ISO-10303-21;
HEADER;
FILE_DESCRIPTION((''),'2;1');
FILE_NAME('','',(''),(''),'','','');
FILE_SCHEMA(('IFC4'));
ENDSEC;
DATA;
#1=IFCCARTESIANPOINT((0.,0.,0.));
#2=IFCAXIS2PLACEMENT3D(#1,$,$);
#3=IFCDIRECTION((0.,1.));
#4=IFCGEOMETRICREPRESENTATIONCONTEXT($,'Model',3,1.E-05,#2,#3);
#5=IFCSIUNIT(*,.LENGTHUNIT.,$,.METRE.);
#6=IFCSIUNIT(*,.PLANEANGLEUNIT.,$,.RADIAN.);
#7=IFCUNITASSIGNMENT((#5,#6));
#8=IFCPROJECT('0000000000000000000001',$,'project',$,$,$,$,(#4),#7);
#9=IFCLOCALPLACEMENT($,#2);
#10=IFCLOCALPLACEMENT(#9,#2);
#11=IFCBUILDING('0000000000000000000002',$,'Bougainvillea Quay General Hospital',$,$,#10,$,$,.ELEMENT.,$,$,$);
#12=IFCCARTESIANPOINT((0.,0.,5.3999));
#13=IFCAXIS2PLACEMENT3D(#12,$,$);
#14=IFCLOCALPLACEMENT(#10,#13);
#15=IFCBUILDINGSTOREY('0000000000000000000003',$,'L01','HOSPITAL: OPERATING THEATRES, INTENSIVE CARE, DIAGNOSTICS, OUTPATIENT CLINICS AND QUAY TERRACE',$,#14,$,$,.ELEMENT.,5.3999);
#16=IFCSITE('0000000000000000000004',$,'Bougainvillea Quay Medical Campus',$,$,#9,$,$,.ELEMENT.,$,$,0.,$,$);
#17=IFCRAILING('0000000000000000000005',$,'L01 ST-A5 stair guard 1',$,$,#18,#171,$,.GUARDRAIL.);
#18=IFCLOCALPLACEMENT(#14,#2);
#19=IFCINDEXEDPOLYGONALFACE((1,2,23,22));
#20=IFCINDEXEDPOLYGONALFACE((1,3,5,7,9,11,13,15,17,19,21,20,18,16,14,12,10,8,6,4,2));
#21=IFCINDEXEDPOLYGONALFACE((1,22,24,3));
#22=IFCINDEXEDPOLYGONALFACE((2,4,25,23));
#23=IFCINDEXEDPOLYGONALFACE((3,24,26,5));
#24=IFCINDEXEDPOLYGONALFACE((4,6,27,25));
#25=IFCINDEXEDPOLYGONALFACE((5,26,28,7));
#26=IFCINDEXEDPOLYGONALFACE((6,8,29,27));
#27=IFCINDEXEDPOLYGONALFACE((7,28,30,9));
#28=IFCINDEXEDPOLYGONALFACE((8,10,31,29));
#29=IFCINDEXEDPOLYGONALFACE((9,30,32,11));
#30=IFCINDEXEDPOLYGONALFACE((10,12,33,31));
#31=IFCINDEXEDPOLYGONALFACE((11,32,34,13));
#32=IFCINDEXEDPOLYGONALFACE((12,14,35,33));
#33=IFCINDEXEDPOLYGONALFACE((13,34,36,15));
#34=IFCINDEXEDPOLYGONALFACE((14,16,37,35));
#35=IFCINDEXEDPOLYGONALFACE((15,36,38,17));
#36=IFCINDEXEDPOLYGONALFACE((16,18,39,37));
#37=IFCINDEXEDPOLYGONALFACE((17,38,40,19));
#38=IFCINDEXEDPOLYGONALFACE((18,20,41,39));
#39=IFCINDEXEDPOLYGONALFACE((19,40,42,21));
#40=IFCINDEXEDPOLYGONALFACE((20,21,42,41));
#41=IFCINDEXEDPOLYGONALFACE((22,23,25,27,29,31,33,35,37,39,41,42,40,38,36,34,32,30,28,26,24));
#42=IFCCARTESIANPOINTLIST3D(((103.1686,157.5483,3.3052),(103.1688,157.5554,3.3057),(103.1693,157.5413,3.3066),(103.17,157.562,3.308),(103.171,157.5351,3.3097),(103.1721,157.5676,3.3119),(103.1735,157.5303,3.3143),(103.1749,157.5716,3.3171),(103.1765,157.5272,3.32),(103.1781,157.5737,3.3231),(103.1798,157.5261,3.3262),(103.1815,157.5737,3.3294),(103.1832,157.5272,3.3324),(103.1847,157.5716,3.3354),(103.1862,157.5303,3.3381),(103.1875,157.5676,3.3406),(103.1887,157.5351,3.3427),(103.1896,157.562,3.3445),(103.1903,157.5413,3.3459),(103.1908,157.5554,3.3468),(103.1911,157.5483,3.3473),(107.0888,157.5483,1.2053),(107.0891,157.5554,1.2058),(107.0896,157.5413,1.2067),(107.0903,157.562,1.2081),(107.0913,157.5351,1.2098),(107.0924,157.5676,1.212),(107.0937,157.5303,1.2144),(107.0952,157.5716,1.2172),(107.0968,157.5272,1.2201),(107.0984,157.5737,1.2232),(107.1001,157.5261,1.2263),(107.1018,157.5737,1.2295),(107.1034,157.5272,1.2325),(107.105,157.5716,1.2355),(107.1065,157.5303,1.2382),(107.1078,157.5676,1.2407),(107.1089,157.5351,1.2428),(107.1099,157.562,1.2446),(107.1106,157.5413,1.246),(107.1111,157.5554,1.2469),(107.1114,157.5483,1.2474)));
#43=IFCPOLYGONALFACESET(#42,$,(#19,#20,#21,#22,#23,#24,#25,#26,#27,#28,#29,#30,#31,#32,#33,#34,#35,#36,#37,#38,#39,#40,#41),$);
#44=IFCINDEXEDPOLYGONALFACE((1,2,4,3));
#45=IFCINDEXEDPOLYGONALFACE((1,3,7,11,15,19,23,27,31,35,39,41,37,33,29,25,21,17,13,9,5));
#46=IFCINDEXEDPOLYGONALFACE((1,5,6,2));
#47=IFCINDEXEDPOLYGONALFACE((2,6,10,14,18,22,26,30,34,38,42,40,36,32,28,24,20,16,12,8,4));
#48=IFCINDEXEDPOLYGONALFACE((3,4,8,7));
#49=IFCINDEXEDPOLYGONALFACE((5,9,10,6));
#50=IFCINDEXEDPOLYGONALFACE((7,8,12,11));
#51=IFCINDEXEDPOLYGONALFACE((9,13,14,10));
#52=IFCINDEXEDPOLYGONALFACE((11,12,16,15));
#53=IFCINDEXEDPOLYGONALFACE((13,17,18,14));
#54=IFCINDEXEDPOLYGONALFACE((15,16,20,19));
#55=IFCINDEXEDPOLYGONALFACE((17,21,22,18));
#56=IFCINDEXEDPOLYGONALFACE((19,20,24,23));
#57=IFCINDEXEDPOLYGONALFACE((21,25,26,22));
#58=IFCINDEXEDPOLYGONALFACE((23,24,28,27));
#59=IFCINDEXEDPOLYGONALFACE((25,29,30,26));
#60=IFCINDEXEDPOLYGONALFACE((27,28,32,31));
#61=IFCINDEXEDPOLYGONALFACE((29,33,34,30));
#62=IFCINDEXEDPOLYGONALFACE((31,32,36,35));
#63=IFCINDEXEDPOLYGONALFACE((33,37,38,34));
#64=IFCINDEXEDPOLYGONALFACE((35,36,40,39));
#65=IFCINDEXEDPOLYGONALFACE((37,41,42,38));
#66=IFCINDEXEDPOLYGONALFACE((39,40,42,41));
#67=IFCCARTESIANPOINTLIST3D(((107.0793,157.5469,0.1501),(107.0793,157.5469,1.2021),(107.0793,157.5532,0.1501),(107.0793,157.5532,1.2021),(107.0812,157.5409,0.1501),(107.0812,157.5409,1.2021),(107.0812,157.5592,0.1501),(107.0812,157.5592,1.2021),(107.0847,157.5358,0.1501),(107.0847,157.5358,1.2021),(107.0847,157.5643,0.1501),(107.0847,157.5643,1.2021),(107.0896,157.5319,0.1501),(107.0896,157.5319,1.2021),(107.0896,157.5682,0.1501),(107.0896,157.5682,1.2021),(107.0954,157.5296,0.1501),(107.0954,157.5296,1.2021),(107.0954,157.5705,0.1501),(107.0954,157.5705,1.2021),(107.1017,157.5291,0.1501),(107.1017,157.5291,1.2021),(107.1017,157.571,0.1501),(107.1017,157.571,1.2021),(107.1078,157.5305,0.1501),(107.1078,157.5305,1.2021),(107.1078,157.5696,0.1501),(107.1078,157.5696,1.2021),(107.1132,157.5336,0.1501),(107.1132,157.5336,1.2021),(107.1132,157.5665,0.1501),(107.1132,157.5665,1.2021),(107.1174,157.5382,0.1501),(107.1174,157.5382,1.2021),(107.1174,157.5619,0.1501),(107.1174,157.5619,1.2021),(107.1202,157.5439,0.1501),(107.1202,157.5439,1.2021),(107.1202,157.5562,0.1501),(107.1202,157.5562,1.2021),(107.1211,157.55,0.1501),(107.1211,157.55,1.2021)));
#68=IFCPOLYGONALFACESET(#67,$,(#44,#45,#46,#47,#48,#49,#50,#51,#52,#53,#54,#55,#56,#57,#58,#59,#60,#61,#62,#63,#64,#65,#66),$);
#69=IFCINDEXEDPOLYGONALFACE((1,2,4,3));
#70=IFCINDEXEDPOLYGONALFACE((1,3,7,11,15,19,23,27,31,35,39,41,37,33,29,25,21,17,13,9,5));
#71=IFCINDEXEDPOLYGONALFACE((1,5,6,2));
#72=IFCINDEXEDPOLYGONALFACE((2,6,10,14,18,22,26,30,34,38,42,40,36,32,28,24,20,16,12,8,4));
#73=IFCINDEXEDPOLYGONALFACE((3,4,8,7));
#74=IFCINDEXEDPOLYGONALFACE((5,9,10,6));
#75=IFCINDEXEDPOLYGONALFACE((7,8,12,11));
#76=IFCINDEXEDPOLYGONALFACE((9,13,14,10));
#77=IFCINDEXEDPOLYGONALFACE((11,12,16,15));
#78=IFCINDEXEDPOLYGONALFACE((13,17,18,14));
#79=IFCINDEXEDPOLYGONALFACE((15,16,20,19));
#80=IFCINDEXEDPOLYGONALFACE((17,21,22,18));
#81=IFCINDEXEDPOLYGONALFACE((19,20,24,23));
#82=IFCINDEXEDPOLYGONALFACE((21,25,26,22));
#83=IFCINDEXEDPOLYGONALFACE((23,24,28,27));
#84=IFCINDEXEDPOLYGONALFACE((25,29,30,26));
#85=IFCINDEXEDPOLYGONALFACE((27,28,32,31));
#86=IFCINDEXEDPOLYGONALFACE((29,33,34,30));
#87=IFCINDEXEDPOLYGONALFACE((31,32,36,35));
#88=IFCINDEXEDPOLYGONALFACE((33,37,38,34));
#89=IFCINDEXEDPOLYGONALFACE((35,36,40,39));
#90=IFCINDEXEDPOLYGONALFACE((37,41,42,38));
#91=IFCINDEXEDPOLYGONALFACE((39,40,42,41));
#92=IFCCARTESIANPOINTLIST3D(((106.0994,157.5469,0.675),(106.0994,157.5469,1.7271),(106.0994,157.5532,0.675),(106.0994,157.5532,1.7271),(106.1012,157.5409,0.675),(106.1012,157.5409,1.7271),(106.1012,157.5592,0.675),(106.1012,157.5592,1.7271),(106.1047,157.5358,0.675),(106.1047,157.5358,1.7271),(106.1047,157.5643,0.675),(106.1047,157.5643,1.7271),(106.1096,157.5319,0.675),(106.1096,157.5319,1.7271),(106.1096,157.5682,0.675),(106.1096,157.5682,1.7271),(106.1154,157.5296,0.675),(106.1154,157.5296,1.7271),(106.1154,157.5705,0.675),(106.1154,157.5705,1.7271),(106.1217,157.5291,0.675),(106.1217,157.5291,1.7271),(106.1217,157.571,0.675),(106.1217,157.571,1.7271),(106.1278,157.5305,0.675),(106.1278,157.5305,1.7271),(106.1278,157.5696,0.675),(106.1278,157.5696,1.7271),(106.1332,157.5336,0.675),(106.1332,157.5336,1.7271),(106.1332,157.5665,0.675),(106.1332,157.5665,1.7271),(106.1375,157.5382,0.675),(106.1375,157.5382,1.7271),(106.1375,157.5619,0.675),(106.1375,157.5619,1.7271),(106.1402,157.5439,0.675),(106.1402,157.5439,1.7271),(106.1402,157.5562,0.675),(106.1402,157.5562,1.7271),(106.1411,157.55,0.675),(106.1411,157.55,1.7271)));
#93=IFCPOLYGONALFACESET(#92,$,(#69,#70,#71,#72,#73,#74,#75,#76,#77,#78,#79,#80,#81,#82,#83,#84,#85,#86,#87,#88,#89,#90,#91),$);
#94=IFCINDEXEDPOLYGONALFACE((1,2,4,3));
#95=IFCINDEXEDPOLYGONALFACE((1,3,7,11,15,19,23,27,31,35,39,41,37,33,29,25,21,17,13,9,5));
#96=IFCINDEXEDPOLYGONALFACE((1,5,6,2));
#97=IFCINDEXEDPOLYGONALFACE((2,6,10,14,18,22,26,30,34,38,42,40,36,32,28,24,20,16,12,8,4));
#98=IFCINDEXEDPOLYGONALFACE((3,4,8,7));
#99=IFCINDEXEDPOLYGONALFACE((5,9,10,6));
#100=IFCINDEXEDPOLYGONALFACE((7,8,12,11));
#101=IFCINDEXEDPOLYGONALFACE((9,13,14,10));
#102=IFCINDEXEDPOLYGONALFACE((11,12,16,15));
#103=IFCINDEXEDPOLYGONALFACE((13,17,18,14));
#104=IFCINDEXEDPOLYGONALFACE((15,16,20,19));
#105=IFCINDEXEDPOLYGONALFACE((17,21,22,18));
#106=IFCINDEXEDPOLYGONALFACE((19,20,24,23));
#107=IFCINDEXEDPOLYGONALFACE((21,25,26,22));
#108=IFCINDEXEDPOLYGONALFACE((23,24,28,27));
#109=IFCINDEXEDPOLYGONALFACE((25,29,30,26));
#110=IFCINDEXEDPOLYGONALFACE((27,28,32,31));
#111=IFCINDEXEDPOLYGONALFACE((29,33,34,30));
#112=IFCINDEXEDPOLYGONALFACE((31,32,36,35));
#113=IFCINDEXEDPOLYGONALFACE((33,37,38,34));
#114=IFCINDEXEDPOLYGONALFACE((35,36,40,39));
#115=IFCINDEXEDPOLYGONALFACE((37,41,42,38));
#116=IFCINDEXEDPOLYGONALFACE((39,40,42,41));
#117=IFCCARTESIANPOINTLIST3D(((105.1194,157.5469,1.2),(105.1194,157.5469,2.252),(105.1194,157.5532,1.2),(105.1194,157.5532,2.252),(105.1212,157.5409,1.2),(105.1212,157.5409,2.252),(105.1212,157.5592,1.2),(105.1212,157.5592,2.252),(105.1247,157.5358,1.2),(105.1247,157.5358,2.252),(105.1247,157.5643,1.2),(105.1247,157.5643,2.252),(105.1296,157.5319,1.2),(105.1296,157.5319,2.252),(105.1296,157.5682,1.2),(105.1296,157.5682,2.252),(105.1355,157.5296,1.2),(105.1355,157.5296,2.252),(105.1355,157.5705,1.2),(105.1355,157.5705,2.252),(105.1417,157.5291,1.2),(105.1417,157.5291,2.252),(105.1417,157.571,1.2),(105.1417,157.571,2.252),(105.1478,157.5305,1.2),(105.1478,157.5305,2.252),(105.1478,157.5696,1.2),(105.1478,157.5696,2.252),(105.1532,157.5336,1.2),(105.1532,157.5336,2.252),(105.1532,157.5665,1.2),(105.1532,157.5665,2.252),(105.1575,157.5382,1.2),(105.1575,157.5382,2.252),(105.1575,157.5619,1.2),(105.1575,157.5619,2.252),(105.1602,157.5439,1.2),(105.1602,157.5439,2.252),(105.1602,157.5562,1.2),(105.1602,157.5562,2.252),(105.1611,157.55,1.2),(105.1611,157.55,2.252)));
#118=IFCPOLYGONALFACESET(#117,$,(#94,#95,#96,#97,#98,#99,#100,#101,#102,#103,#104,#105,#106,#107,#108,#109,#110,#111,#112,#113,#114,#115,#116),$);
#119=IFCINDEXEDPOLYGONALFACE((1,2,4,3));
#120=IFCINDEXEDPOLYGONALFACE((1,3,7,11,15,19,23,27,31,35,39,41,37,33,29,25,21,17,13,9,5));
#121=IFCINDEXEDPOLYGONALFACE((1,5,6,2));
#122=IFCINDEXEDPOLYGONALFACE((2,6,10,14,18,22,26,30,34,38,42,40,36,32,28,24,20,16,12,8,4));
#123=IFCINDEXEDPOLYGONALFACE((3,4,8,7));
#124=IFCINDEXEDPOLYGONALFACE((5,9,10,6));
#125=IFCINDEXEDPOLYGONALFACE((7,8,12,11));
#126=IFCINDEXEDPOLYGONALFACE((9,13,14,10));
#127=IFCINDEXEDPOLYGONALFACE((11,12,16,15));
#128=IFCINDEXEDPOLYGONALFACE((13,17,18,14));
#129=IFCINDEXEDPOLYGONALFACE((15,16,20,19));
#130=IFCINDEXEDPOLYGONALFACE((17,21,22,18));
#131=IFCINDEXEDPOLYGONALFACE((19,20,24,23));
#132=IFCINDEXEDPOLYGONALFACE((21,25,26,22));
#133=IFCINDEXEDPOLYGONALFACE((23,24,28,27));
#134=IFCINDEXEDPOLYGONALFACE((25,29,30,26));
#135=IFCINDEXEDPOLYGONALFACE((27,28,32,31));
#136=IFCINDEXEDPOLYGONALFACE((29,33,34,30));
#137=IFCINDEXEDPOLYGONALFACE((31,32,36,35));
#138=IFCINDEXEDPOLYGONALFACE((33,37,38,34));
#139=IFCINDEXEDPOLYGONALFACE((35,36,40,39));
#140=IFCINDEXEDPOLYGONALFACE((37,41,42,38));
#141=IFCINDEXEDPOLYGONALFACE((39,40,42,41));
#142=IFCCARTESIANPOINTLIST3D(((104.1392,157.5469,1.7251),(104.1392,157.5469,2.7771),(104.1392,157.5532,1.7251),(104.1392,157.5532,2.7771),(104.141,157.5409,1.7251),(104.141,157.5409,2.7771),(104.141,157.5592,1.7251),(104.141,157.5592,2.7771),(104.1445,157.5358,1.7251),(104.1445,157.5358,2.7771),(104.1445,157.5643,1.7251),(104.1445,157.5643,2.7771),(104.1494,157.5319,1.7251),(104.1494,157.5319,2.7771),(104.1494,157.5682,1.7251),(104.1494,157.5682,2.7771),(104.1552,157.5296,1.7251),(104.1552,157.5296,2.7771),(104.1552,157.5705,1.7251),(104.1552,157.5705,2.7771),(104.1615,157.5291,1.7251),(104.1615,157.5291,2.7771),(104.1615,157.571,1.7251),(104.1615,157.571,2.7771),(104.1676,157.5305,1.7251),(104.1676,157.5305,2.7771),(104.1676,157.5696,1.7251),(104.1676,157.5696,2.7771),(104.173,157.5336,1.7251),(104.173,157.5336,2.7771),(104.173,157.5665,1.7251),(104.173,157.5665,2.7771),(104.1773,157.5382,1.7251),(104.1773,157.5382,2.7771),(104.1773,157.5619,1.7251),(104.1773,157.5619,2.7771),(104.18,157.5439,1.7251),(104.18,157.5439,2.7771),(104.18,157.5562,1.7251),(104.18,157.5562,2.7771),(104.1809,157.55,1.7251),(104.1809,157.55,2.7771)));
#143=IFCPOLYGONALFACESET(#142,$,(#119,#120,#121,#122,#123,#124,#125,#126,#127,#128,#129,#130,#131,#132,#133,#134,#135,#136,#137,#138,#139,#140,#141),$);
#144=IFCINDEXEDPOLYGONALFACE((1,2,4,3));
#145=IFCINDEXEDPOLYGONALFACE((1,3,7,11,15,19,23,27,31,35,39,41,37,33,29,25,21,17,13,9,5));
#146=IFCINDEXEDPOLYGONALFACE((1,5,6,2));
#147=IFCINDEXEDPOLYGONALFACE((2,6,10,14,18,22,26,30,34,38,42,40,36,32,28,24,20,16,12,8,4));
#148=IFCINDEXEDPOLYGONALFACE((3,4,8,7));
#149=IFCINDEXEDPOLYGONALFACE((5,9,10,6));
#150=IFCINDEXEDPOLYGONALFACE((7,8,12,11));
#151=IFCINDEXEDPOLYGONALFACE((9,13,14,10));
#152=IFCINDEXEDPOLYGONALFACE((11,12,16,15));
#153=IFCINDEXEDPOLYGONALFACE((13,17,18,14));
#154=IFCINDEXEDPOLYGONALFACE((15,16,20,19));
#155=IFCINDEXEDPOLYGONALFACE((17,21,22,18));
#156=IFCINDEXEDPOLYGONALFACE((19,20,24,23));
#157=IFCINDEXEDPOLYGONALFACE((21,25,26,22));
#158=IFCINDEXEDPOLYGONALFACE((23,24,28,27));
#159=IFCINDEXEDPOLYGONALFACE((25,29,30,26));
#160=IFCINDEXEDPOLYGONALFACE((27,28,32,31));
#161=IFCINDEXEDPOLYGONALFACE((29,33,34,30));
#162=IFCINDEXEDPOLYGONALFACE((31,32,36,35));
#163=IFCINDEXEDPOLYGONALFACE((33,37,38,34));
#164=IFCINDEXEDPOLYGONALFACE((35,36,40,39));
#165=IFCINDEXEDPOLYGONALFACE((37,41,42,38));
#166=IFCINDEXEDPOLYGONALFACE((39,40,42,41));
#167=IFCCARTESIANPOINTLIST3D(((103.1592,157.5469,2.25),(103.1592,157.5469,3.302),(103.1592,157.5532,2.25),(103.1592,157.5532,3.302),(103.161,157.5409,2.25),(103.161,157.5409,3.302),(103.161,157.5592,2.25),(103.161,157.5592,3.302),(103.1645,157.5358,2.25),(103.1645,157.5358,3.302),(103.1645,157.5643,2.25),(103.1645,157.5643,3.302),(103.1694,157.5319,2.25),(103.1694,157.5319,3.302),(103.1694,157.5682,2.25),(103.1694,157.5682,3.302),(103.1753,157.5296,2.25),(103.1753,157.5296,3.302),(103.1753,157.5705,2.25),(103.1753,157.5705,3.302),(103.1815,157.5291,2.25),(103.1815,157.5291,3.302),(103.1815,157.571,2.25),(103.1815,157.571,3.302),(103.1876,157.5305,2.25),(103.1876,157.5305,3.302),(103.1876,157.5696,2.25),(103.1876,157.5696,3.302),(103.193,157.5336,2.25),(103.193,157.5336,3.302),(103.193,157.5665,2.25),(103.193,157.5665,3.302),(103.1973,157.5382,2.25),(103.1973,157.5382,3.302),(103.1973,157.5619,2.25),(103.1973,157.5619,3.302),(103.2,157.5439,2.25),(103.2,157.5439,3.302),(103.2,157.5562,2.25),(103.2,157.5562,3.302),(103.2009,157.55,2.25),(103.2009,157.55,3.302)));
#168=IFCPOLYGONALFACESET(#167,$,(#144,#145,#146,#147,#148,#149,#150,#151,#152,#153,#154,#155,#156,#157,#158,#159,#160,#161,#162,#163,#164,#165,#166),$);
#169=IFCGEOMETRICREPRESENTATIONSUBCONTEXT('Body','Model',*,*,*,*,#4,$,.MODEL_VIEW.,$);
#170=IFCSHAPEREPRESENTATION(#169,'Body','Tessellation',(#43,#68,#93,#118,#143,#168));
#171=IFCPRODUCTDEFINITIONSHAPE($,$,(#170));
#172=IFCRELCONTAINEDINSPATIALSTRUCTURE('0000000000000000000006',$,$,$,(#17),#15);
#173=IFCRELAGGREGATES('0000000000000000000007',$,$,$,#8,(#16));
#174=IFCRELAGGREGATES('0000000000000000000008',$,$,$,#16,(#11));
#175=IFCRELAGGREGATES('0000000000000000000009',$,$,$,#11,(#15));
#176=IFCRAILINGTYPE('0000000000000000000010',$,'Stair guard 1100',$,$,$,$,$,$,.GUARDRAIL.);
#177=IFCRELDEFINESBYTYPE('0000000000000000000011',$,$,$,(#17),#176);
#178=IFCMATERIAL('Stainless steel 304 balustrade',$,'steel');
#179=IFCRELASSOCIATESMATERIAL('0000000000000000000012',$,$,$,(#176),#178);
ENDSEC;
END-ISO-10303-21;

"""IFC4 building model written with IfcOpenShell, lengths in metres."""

from ifc_helpers import new_model, si_unit, direction, frame, origin, origin_2d, place, context, subcontext, project, spatial, circle, extrude, material, type_object, element, save


model = new_model("IFC4")

# Units and contexts
model_context = context("Model", 3, precision=1e-05, world=origin(), true_north=direction((0.0, 1.0)))
body_context = subcontext(model_context, "Body", "Model", "MODEL_VIEW")
ifc_project = project(units=[si_unit("LENGTHUNIT", "METRE"), si_unit("PLANEANGLEUNIT", "RADIAN")], contexts=[model_context])

# Site, building, storey
site_placement = place(None, origin())
site = spatial("IfcSite", under=ifc_project, at=site_placement, Name="Bougainvillea Quay Medical Campus", CompositionType="ELEMENT", RefElevation=0.0)
building_placement = place(site_placement, origin())
building = spatial("IfcBuilding", under=site, at=building_placement, Name="Bougainvillea Quay General Hospital", CompositionType="ELEMENT")
storey_placement = place(building_placement, frame((0.0, 0.0, 5.3999)))
storey = spatial("IfcBuildingStorey", under=building, at=storey_placement, Name="L01", Description="HOSPITAL: OPERATING THEATRES, INTENSIVE CARE, DIAGNOSTICS, OUTPATIENT CLINICS AND QUAY TERRACE", CompositionType="ELEMENT", Elevation=5.3999)

# Railing
ifc_material_1 = material(Name="Stainless steel 304 balustrade", Category="steel")
railing_type_1 = type_object("IfcRailingType", Name="Stair guard 1100", PredefinedType="GUARDRAIL", material=ifc_material_1)
railing_1_placement = place(storey_placement, frame((107.1001, 157.55, 0.1501)))
element("IfcRailing", 1, at=railing_1_placement, inside=storey, type_object=railing_type_1, Name="L01 ST-A5 stair guard 1", PredefinedType="GUARDRAIL", context=body_context, shape_type="SweptSolid", body=[
    extrude(circle(Radius=0.0239, at=origin_2d()), frame((0.0, 0.0, 1.0762), z_axis=(-0.881502, 0.0, 0.47218), x_axis=(0.0, -1.0, 0.0)), (0.0, 0.0, 1.0), 4.4473),
    extrude(circle(Radius=0.021, at=origin_2d()), origin(), (0.0, 0.0, 1.0), 1.052),
    extrude(circle(Radius=0.021, at=origin_2d()), frame((-0.98, 0.0, 0.5249)), (0.0, 0.0, 1.0), 1.052),
    extrude(circle(Radius=0.021, at=origin_2d()), frame((-1.96, 0.0, 1.0498)), (0.0, 0.0, 1.0), 1.052),
    extrude(circle(Radius=0.021, at=origin_2d()), frame((-2.9402, 0.0, 1.575)), (0.0, 0.0, 1.0), 1.052),
    extrude(circle(Radius=0.021, at=origin_2d()), frame((-3.9202, 0.0, 2.0999)), (0.0, 0.0, 1.0), 1.052),
])

save(model, "model.ifc")
